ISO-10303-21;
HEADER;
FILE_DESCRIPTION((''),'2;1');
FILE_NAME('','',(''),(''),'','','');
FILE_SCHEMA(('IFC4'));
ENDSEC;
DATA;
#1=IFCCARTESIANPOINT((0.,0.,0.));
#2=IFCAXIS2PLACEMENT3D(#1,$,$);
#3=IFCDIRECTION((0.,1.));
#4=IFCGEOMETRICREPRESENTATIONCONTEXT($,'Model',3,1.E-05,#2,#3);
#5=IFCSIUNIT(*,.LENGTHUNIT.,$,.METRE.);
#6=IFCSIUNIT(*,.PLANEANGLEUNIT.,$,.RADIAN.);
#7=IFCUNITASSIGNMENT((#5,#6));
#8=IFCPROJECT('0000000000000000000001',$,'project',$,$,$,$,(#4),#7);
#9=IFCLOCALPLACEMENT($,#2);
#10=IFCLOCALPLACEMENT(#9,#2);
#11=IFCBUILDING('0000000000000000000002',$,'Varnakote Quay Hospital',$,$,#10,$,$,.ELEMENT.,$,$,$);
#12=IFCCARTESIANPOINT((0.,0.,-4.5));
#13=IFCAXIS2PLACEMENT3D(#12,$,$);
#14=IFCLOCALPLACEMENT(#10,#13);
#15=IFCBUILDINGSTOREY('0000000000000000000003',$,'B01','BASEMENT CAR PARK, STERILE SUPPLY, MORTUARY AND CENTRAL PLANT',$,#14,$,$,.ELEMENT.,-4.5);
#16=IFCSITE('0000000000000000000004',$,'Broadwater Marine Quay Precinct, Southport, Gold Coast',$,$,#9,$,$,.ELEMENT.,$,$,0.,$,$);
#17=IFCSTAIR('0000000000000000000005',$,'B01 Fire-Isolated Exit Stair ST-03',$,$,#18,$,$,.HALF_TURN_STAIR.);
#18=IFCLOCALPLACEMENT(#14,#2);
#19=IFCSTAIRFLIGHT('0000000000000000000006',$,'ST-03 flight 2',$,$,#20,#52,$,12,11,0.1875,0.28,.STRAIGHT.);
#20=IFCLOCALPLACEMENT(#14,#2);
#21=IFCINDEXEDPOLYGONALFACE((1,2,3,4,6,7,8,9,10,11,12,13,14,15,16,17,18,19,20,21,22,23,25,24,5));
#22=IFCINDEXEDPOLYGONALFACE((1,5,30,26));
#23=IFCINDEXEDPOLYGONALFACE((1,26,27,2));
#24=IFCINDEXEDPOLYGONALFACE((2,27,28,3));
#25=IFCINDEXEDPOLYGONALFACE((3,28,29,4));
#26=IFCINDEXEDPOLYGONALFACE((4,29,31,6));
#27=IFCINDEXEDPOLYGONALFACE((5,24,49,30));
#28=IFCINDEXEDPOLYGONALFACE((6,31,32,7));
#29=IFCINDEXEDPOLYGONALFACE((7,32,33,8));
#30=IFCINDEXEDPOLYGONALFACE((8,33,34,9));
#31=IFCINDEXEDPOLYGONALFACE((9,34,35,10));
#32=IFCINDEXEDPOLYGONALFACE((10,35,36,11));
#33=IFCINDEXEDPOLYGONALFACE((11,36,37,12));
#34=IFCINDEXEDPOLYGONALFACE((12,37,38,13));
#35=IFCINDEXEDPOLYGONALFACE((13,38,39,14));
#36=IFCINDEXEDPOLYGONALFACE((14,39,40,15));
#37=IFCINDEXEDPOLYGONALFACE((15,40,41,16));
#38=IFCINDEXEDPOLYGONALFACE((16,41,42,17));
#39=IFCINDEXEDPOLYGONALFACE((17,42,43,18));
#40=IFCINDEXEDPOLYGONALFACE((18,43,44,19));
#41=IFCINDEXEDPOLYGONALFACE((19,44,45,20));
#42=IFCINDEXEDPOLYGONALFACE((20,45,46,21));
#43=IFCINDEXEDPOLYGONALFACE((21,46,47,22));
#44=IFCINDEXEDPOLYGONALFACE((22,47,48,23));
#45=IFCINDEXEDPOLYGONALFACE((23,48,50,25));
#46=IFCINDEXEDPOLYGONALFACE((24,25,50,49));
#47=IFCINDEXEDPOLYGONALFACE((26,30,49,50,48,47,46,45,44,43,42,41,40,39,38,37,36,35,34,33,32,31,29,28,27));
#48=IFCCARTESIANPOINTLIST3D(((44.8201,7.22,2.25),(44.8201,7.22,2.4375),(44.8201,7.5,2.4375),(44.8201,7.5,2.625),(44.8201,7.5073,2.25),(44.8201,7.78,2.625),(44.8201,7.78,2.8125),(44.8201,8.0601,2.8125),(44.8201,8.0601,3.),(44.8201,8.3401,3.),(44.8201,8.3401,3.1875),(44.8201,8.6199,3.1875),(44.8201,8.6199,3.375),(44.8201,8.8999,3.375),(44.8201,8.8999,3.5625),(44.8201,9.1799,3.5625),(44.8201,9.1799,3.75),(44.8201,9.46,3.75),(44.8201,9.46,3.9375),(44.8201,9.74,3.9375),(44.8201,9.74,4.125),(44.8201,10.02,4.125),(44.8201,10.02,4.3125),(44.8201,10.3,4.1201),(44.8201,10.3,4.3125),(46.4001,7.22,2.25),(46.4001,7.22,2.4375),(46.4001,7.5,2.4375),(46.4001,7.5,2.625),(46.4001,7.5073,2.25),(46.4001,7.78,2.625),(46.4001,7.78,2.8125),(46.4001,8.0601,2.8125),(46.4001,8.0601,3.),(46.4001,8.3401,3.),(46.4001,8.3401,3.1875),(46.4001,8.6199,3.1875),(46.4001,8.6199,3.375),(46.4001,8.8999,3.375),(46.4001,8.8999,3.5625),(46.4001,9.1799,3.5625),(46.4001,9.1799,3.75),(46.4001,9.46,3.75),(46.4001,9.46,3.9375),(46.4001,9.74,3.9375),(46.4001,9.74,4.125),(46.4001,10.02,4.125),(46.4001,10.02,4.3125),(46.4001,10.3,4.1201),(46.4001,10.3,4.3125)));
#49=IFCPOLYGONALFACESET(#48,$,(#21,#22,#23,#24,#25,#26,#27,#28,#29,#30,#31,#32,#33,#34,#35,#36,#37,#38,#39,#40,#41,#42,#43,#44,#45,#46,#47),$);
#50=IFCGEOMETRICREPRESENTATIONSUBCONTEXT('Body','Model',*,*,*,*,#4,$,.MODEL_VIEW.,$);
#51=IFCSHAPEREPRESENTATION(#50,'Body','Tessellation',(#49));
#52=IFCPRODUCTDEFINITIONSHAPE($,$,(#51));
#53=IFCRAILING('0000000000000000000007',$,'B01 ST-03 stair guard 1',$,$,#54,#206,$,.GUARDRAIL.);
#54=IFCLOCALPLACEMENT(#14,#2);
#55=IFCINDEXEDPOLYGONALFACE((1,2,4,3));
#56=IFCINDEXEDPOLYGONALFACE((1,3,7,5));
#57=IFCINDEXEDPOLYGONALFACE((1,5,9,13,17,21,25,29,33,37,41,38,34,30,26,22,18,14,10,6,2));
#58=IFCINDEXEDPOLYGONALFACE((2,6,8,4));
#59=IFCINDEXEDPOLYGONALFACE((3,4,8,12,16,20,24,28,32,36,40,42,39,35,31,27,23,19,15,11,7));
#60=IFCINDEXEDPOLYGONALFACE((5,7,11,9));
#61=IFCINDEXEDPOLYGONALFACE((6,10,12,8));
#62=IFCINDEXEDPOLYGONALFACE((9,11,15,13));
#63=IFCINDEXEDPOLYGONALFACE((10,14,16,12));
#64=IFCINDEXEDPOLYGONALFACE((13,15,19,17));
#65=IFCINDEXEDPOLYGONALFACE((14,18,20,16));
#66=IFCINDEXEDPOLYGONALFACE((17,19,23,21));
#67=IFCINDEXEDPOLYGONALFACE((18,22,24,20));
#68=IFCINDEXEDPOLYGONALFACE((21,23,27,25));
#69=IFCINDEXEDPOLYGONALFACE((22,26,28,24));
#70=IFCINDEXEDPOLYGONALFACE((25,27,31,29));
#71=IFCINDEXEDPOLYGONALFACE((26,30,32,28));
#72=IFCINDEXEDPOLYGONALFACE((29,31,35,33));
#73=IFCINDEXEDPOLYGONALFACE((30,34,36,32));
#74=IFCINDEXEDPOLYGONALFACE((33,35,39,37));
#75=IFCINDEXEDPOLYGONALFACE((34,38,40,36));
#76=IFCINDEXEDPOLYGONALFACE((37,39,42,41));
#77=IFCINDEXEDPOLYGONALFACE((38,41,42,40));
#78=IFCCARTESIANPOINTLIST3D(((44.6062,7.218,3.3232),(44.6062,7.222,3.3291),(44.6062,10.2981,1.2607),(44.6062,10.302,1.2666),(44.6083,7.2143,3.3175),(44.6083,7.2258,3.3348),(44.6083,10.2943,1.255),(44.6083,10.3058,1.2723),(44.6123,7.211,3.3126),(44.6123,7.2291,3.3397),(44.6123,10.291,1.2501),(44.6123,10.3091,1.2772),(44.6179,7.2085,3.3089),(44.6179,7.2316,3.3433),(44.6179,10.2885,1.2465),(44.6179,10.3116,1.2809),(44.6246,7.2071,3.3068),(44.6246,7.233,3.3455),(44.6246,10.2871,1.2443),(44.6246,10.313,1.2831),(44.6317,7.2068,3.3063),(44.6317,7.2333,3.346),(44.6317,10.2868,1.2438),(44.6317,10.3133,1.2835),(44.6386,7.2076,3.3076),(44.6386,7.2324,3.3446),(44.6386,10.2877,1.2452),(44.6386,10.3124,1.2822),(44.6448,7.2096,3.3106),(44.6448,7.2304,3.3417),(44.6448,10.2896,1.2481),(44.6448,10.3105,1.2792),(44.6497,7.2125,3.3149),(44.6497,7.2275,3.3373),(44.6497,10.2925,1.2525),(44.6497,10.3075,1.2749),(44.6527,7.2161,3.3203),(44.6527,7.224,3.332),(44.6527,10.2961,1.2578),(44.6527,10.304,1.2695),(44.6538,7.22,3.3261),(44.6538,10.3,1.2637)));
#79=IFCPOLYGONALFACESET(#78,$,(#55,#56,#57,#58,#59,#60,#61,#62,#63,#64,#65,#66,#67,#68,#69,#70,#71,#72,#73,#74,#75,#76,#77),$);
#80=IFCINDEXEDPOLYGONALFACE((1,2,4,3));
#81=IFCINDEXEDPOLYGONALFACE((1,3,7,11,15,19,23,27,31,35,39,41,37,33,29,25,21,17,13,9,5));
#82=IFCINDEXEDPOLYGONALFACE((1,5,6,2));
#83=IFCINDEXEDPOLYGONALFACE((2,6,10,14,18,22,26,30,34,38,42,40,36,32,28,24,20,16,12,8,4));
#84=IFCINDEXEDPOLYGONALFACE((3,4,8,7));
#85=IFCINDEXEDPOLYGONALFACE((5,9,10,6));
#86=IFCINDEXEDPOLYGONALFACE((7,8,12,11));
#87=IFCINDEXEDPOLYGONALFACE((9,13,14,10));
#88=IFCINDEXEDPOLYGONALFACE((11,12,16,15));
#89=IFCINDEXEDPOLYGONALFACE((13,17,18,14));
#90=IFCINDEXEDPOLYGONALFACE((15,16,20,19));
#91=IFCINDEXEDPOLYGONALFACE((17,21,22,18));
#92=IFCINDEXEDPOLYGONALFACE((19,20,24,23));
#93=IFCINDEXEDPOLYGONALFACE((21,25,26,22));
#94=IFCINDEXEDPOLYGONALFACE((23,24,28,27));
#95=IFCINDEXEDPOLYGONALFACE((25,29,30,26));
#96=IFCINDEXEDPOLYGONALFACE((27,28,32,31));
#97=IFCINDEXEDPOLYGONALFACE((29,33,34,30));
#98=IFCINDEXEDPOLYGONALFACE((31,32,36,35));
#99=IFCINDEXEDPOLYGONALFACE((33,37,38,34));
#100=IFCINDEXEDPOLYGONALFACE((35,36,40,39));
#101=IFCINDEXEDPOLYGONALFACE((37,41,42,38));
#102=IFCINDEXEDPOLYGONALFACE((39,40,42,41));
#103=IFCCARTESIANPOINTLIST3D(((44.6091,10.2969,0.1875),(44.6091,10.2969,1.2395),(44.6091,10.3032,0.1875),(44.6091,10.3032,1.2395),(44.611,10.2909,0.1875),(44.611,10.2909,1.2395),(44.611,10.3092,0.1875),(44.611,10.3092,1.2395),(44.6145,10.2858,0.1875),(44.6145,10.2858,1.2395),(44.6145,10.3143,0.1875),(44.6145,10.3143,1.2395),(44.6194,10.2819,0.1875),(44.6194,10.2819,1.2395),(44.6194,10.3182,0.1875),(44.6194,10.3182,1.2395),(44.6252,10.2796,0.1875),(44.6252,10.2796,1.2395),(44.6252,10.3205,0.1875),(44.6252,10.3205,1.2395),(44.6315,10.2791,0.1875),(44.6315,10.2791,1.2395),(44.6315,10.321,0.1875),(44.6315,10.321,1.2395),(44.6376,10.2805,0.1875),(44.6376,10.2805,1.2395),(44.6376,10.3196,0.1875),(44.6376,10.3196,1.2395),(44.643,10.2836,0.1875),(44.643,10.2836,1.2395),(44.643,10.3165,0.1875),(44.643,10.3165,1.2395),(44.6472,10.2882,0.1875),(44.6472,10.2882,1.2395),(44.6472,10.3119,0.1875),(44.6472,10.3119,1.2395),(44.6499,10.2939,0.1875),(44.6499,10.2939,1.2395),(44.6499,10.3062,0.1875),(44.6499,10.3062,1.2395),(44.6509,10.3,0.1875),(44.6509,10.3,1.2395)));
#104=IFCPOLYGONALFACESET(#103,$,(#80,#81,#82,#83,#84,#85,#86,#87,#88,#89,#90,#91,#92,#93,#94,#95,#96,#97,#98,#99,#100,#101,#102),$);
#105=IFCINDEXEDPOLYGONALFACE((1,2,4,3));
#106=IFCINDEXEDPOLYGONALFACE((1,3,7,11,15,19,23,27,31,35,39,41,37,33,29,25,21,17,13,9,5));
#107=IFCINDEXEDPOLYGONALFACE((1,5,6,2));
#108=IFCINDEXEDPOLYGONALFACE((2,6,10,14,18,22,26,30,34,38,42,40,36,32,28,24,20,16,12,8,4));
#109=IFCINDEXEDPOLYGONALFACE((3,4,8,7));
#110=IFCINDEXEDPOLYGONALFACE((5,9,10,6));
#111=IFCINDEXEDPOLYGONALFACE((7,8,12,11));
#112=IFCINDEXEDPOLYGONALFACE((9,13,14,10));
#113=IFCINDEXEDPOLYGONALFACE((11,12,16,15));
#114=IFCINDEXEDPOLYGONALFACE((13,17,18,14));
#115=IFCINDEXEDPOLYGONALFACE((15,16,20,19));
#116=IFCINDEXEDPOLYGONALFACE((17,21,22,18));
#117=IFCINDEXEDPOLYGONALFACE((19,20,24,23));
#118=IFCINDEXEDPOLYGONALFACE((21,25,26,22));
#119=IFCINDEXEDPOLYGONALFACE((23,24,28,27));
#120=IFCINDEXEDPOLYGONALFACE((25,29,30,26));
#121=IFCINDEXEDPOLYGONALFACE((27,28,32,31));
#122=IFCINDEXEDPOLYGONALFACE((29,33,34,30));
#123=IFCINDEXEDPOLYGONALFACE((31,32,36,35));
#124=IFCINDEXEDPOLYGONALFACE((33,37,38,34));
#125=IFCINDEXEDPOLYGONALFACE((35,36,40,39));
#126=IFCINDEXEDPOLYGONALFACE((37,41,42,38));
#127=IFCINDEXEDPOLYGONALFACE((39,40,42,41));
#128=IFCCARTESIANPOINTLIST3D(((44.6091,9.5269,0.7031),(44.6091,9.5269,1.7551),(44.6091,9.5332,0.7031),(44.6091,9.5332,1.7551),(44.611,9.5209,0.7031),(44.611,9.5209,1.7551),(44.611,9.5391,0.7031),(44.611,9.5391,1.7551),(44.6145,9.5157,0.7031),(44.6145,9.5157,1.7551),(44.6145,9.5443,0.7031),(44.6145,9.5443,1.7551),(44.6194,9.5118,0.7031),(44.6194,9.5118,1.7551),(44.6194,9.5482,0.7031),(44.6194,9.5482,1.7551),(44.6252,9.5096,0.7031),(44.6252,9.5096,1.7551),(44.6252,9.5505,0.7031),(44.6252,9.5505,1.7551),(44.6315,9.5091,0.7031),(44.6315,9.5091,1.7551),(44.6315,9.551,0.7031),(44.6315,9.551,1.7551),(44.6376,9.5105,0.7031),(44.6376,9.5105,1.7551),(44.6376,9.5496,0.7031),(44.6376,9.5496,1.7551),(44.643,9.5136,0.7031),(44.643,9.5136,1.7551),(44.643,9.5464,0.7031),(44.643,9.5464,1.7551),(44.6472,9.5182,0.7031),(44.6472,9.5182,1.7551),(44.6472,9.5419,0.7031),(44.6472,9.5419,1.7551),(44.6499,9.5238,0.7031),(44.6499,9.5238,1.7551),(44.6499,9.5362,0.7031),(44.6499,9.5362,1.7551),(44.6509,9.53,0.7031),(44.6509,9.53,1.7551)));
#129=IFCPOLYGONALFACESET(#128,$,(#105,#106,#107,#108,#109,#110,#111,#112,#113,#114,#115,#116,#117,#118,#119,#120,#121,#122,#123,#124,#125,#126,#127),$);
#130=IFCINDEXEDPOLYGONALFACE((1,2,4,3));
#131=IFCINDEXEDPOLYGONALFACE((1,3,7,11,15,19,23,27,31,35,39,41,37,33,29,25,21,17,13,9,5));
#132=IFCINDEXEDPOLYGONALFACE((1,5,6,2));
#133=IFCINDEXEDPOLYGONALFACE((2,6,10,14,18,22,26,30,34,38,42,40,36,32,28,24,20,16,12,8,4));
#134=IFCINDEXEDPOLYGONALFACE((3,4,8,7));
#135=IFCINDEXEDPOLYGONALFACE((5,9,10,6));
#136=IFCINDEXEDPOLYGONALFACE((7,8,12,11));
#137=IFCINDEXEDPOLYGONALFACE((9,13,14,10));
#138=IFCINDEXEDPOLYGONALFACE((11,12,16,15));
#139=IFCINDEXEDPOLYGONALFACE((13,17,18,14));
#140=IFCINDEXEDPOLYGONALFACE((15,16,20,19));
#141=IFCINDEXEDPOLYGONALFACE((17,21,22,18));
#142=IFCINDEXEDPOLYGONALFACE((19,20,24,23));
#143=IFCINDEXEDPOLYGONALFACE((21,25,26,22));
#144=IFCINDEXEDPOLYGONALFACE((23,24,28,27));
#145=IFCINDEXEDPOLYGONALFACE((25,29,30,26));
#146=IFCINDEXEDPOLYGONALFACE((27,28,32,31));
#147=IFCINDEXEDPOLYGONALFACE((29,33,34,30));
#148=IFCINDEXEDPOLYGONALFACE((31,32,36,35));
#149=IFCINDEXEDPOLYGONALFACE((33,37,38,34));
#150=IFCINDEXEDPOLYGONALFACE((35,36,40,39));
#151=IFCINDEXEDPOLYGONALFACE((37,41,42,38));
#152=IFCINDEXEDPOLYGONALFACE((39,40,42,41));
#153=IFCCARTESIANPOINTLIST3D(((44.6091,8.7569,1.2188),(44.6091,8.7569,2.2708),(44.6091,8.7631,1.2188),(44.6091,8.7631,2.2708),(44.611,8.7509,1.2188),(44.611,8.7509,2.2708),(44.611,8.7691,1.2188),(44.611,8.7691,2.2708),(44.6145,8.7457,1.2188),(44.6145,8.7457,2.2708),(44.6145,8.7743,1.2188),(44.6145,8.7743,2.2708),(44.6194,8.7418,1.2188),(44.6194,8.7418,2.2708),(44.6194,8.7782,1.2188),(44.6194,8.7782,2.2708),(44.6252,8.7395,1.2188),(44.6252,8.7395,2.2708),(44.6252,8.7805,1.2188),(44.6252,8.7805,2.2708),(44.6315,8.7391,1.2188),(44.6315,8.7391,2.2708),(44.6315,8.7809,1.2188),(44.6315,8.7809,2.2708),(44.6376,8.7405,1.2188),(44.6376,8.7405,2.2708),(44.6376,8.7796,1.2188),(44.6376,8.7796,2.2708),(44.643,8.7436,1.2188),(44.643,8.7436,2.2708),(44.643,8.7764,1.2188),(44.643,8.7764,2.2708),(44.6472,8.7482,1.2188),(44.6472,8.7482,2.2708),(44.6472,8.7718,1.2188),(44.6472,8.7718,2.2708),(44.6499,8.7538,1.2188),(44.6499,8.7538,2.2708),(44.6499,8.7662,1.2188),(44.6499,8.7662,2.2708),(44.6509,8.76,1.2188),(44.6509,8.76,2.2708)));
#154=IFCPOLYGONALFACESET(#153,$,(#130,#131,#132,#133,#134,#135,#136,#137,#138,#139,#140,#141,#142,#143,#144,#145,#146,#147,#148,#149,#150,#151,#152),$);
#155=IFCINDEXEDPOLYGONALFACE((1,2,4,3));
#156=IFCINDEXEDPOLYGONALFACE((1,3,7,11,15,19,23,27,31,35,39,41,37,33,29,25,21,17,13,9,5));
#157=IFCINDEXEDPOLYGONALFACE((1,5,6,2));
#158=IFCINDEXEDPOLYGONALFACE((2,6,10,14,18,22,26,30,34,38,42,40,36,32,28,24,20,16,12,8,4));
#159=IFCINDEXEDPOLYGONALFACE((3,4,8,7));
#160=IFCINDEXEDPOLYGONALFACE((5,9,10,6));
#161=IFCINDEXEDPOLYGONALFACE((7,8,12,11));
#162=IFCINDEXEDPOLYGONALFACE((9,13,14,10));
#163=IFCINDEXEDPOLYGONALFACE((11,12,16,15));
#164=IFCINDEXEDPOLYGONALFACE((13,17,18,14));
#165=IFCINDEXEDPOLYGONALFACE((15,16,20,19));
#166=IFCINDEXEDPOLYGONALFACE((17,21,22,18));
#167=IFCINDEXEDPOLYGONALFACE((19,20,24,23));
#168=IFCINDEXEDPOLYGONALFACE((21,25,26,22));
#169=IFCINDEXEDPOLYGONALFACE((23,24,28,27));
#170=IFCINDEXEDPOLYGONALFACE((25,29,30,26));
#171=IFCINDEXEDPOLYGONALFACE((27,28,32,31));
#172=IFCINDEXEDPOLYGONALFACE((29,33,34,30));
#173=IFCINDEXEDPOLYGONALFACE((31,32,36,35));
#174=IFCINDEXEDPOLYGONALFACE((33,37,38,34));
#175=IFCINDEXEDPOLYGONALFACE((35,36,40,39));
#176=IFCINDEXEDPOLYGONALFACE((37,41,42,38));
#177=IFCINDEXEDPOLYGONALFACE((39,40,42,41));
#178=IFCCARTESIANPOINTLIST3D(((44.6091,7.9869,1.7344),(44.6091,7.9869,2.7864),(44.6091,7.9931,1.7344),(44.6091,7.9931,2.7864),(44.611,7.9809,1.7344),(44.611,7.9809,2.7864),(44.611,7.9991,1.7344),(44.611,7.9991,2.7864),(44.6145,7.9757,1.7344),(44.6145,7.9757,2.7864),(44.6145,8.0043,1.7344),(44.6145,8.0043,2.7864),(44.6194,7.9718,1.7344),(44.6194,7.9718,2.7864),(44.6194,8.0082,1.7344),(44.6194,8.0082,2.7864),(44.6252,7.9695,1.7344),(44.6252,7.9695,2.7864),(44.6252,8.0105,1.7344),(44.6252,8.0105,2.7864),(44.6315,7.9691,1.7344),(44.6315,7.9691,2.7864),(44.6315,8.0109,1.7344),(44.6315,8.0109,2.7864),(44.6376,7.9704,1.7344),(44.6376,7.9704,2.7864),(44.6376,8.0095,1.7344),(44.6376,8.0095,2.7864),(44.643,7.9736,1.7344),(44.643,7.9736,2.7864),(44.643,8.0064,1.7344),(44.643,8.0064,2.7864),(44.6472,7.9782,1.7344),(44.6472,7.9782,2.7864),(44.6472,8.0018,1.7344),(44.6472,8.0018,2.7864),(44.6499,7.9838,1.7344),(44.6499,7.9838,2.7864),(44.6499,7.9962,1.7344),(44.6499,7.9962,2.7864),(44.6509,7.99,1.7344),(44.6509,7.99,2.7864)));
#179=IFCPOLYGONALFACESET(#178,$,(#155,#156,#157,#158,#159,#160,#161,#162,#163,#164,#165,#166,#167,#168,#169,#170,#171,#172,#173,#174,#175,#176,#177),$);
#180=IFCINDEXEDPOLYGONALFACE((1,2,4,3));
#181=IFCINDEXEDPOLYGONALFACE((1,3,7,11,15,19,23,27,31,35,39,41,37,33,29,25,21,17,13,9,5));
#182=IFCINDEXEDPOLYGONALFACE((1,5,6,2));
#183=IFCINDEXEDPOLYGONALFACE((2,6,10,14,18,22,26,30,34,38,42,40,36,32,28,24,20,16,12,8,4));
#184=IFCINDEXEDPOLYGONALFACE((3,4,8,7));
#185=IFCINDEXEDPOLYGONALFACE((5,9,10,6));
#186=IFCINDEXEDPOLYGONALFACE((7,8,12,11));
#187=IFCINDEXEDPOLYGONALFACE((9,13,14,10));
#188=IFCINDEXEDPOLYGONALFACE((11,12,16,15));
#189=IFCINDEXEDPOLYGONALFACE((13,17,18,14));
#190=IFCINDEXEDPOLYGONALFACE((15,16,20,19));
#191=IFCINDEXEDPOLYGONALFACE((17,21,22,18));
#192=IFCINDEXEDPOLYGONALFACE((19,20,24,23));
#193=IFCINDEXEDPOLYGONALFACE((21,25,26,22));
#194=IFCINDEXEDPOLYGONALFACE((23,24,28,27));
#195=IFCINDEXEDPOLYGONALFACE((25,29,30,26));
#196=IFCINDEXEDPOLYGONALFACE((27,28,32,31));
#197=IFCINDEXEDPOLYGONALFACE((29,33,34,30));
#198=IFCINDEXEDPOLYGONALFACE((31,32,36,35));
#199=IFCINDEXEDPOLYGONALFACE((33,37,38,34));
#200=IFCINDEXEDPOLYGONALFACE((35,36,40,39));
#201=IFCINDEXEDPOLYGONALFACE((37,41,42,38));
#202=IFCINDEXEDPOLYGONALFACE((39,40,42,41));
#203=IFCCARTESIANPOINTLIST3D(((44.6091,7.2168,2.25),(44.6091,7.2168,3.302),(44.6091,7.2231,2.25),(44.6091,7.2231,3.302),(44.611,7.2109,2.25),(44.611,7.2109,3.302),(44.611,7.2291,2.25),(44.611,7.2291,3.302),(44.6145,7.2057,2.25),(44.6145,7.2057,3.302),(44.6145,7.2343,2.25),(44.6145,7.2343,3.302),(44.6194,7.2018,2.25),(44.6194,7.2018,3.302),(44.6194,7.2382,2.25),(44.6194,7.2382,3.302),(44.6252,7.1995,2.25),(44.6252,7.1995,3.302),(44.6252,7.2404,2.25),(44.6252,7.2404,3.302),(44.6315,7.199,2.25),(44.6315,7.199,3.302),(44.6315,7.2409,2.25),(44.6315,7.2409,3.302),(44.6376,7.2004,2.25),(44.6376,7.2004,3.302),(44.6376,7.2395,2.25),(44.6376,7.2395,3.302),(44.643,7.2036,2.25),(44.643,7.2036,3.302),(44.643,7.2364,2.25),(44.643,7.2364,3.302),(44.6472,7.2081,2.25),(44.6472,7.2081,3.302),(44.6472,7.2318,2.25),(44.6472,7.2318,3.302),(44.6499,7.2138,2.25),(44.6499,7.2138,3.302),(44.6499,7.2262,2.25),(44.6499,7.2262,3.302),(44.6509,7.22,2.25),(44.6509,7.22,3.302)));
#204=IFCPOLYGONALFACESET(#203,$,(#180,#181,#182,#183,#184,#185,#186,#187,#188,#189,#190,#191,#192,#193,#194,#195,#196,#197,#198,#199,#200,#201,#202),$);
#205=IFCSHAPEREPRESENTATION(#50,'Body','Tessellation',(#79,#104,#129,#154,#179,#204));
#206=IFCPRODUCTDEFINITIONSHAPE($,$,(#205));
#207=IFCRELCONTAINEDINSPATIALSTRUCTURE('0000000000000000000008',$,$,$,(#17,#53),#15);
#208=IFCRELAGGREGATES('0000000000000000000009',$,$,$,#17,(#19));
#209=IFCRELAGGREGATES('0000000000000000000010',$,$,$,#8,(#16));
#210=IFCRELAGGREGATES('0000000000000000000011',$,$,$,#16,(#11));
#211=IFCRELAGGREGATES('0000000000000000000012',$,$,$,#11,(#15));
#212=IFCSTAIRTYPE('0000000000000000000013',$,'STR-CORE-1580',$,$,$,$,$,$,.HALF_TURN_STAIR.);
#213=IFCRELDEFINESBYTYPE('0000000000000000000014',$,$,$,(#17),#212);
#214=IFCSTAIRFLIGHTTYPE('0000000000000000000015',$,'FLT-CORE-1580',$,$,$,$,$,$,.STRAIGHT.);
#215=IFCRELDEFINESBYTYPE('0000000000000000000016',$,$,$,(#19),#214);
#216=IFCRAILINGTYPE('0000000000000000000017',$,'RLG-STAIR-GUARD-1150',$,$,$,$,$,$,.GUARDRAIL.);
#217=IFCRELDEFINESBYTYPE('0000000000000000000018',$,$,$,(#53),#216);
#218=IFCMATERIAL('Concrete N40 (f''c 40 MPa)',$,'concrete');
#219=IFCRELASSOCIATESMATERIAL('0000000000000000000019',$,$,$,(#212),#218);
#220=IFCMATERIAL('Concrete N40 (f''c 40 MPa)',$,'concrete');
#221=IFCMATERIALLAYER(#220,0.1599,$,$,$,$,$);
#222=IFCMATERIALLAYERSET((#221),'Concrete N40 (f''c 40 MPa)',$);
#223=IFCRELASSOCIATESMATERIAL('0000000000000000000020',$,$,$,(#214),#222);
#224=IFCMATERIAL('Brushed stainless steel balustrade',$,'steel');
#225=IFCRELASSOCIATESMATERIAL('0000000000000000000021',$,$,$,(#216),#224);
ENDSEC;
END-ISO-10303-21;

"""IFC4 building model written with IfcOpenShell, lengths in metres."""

from ifc_helpers import new_model, si_unit, direction, frame, origin, origin_2d, place, context, subcontext, project, spatial, polyline, circle, outline, extrude, material, layer, layer_set, type_object, element, aggregate, save


model = new_model("IFC4")

# Units and contexts
model_context = context("Model", 3, precision=1e-05, world=origin(), true_north=direction((0.0, 1.0)))
body_context = subcontext(model_context, "Body", "Model", "MODEL_VIEW")
ifc_project = project(units=[si_unit("LENGTHUNIT", "METRE"), si_unit("PLANEANGLEUNIT", "RADIAN")], contexts=[model_context])

# Site, building, storey
site_placement = place(None, origin())
site = spatial("IfcSite", under=ifc_project, at=site_placement, Name="Broadwater Marine Quay Precinct, Southport, Gold Coast", CompositionType="ELEMENT", RefElevation=0.0)
building_placement = place(site_placement, origin())
building = spatial("IfcBuilding", under=site, at=building_placement, Name="Varnakote Quay Hospital", CompositionType="ELEMENT")
storey_placement = place(building_placement, frame((0.0, 0.0, -4.5)))
storey = spatial("IfcBuildingStorey", under=building, at=storey_placement, Name="B01", Description="BASEMENT CAR PARK, STERILE SUPPLY, MORTUARY AND CENTRAL PLANT", CompositionType="ELEMENT", Elevation=-4.5)

# Stair, stair flight
ifc_material_1 = material(Name="Concrete N40 (f'c 40 MPa)", Category="concrete")
stair_type = type_object("IfcStairType", Name="STR-CORE-1580", PredefinedType="HALF_TURN_STAIR", material=ifc_material_1)
stair_placement = place(storey_placement, origin())
stair = element("IfcStair", 1, at=stair_placement, inside=storey, type_object=stair_type, Name="B01 Fire-Isolated Exit Stair ST-03", PredefinedType="HALF_TURN_STAIR")
ifc_material_2 = material(Name="Concrete N40 (f'c 40 MPa)", Category="concrete")
ifc_layer_1 = layer(ifc_material_2, 0.1599)
ifc_layer_set_1 = layer_set([ifc_layer_1], Name="Concrete N40 (f'c 40 MPa)")
stair_flight_type = type_object("IfcStairFlightType", Name="FLT-CORE-1580", PredefinedType="STRAIGHT", material=ifc_layer_set_1)
stair_flight_1_placement = place(storey_placement, frame((45.6101, 7.22, 2.25), z_axis=(0.0, 0.0, 1.0), x_axis=(0.0, 1.0, 0.0)))
stair_flight_1 = element("IfcStairFlight", 2, at=stair_flight_1_placement, type_object=stair_flight_type, Name="ST-03 flight 2", NumberOfRisers=12, NumberOfTreads=11, PredefinedType="STRAIGHT", RiserHeight=0.1875, TreadLength=0.28, context=body_context, shape_type="SweptSolid", body=[
    extrude(outline(polyline([(0.0, 0.0), (0.0, 0.1875), (0.28, 0.1875), (0.28, 0.375), (0.5601, 0.375), (0.5601, 0.5625), (0.8401, 0.5625), (0.8401, 0.75), (1.1201, 0.75), (1.1201, 0.9375), (1.3999, 0.9375), (1.3999, 1.125), (1.6799, 1.125), (1.6799, 1.3125), (1.96, 1.3125), (1.96, 1.5), (2.24, 1.5), (2.24, 1.6875), (2.52, 1.6875), (2.52, 1.875), (2.8, 1.875), (2.8, 2.0625), (3.0801, 2.0625), (3.0801, 2.25), (3.0801, 1.8701), (0.2874, 0.0), (0.0, 0.0)])), frame((0.0, 0.79, 0.0), z_axis=(0.0, -1.0, 0.0), x_axis=(1.0, 0.0, 0.0)), (0.0, 0.0, 1.0), 1.5801),
])
aggregate(stair, [stair_flight_1])

# Railing
ifc_material_3 = material(Name="Brushed stainless steel balustrade", Category="steel")
railing_type_1 = type_object("IfcRailingType", Name="RLG-STAIR-GUARD-1150", PredefinedType="GUARDRAIL", material=ifc_material_3)
railing_1_placement = place(storey_placement, frame((44.6299, 10.3, 0.1875)))
element("IfcRailing", 3, at=railing_1_placement, inside=storey, type_object=railing_type_1, Name="B01 ST-03 stair guard 1", PredefinedType="GUARDRAIL", context=body_context, shape_type="SweptSolid", body=[
    extrude(circle(Radius=0.0239, at=origin_2d()), frame((0.0, 0.0, 1.0762), z_axis=(0.0, -0.830914, 0.556401), x_axis=(1.0, 0.0, 0.0)), (0.0, 0.0, 1.0), 3.7068),
    extrude(circle(Radius=0.021, at=origin_2d()), origin(), (0.0, 0.0, 1.0), 1.052),
    extrude(circle(Radius=0.021, at=origin_2d()), frame((0.0, -0.77, 0.5156)), (0.0, 0.0, 1.0), 1.052),
    extrude(circle(Radius=0.021, at=origin_2d()), frame((0.0, -1.54, 1.0312)), (0.0, 0.0, 1.0), 1.052),
    extrude(circle(Radius=0.021, at=origin_2d()), frame((0.0, -2.3101, 1.5469)), (0.0, 0.0, 1.0), 1.052),
    extrude(circle(Radius=0.021, at=origin_2d()), frame((0.0, -3.0801, 2.0625)), (0.0, 0.0, 1.0), 1.052),
])

save(model, "model.ifc")
